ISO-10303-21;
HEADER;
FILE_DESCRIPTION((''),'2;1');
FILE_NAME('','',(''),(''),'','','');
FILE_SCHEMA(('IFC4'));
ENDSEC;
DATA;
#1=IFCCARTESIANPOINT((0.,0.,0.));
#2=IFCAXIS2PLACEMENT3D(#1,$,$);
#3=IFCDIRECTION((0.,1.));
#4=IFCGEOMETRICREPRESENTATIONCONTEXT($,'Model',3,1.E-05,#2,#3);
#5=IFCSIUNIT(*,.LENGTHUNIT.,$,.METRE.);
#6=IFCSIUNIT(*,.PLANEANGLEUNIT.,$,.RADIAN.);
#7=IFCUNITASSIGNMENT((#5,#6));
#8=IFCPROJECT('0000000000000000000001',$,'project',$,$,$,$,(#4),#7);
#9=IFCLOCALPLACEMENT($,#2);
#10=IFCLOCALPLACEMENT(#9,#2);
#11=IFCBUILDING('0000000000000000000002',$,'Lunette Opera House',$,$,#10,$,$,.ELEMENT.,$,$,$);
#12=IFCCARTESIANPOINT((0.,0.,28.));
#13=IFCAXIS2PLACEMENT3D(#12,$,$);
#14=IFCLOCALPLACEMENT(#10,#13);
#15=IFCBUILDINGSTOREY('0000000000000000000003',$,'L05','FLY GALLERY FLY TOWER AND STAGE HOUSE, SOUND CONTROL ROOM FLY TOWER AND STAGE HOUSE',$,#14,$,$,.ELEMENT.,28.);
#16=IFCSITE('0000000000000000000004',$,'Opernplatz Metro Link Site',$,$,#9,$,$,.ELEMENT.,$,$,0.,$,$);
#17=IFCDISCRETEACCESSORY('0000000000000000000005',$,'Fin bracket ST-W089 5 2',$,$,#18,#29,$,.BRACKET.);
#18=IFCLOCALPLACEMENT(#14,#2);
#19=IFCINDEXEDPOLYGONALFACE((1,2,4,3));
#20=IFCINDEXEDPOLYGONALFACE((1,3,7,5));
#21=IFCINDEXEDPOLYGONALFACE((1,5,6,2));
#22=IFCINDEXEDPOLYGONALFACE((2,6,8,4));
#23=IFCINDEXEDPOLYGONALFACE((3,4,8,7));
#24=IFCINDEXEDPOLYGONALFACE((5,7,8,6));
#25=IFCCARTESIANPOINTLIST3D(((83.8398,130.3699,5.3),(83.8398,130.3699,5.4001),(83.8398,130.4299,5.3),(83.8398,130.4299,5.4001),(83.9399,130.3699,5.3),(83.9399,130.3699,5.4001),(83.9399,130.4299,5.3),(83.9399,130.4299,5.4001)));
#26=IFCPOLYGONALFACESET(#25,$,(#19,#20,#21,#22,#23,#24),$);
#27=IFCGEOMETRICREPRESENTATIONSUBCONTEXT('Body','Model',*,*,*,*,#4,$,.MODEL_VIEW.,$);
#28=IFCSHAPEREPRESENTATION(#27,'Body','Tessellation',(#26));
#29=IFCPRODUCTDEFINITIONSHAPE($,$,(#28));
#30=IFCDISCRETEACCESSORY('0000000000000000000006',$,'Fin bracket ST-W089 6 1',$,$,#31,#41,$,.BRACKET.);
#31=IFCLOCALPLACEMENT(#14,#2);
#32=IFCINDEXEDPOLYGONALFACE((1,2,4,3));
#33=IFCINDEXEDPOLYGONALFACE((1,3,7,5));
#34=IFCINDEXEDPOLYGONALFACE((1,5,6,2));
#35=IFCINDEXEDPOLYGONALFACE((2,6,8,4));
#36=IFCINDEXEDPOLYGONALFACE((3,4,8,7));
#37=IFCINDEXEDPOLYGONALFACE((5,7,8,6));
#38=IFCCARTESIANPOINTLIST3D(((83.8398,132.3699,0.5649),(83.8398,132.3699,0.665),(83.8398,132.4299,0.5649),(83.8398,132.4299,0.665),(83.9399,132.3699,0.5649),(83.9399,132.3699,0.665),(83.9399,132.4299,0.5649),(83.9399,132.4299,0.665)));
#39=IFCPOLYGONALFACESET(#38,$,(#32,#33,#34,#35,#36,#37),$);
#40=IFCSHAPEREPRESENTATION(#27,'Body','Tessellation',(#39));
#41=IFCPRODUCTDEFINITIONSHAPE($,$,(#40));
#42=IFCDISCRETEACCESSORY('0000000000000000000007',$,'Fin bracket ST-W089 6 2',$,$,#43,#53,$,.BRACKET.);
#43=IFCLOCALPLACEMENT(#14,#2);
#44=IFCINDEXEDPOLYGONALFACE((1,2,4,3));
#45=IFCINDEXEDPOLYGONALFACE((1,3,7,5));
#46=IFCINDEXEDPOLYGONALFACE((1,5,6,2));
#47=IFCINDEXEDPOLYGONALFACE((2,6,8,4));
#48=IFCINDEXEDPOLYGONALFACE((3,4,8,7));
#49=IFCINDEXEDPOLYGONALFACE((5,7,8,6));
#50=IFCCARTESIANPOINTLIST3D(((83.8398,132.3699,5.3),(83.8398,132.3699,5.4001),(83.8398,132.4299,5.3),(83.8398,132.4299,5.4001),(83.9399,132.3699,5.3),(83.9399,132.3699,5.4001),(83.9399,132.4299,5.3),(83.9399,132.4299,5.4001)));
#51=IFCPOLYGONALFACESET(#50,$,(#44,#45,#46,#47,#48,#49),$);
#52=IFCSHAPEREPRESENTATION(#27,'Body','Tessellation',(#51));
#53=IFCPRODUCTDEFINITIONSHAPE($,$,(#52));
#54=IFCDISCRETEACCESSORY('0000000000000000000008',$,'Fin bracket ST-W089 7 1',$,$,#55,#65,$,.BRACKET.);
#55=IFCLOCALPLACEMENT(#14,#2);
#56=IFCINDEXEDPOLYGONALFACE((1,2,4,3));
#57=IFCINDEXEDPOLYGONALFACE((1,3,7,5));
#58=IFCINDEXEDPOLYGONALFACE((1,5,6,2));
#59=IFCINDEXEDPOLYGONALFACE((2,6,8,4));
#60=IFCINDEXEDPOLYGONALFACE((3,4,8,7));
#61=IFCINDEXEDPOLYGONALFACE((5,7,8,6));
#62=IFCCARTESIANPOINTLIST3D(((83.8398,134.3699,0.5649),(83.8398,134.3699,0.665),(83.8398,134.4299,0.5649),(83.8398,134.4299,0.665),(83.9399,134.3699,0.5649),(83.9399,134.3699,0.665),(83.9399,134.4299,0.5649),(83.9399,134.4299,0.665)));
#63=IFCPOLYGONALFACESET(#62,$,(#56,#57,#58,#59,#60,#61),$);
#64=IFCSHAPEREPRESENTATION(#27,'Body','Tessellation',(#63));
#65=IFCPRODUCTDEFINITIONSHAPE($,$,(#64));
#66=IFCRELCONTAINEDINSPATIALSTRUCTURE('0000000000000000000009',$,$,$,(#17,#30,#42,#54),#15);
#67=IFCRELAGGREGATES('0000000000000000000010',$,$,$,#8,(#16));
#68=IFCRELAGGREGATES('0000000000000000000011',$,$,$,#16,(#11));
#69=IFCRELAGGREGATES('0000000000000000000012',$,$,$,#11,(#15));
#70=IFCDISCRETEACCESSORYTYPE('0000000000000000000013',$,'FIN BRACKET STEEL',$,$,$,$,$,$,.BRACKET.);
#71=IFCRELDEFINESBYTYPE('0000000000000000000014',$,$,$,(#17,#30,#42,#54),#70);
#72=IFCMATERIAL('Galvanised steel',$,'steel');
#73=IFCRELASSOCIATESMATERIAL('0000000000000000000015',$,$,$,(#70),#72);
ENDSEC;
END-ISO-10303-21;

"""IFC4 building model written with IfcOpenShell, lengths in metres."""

from ifc_helpers import new_model, si_unit, direction, frame, origin, origin_2d, place, context, subcontext, project, spatial, rectangle, extrude, material, type_object, element, save


model = new_model("IFC4")

# Units and contexts
model_context = context("Model", 3, precision=1e-05, world=origin(), true_north=direction((0.0, 1.0)))
body_context = subcontext(model_context, "Body", "Model", "MODEL_VIEW")
ifc_project = project(units=[si_unit("LENGTHUNIT", "METRE"), si_unit("PLANEANGLEUNIT", "RADIAN")], contexts=[model_context])

# Site, building, storey
site_placement = place(None, origin())
site = spatial("IfcSite", under=ifc_project, at=site_placement, Name="Opernplatz Metro Link Site", CompositionType="ELEMENT", RefElevation=0.0)
building_placement = place(site_placement, origin())
building = spatial("IfcBuilding", under=site, at=building_placement, Name="Lunette Opera House", CompositionType="ELEMENT")
storey_placement = place(building_placement, frame((0.0, 0.0, 28.0)))
storey = spatial("IfcBuildingStorey", under=building, at=storey_placement, Name="L05", Description="FLY GALLERY FLY TOWER AND STAGE HOUSE, SOUND CONTROL ROOM FLY TOWER AND STAGE HOUSE", CompositionType="ELEMENT", Elevation=28.0)

# Discrete accessories
ifc_material_1 = material(Name="Galvanised steel", Category="steel")
discrete_accessory_type = type_object("IfcDiscreteAccessoryType", Name="FIN BRACKET STEEL", PredefinedType="BRACKET", material=ifc_material_1)
for number, where, z_axis, x_axis, name in (
    (1, (83.8899, 130.3999, 5.3), (0.0, 0.0, 1.0), (-1.0, 0.0, 0.0), "Fin bracket ST-W089 5 2"),
    (2, (83.8899, 132.3999, 0.5649), (0.0, 0.0, 1.0), (-1.0, 0.0, 0.0), "Fin bracket ST-W089 6 1"),
    (3, (83.8899, 132.3999, 5.3), (0.0, 0.0, 1.0), (-1.0, 0.0, 0.0), "Fin bracket ST-W089 6 2"),
    (4, (83.8899, 134.3999, 0.5649), (0.0, 0.0, 1.0), (-1.0, 0.0, 0.0), "Fin bracket ST-W089 7 1"),
):
    element("IfcDiscreteAccessory", number, at=place(storey_placement, frame(where, z_axis=z_axis, x_axis=x_axis)), inside=storey, type_object=discrete_accessory_type, Name=name, PredefinedType="BRACKET", context=body_context, shape_type="SweptSolid", body=[
        extrude(rectangle(XDim=0.1001, YDim=0.0601, at=origin_2d()), origin(), (0.0, 0.0, 1.0), 0.1001),
    ])

save(model, "model.ifc")
